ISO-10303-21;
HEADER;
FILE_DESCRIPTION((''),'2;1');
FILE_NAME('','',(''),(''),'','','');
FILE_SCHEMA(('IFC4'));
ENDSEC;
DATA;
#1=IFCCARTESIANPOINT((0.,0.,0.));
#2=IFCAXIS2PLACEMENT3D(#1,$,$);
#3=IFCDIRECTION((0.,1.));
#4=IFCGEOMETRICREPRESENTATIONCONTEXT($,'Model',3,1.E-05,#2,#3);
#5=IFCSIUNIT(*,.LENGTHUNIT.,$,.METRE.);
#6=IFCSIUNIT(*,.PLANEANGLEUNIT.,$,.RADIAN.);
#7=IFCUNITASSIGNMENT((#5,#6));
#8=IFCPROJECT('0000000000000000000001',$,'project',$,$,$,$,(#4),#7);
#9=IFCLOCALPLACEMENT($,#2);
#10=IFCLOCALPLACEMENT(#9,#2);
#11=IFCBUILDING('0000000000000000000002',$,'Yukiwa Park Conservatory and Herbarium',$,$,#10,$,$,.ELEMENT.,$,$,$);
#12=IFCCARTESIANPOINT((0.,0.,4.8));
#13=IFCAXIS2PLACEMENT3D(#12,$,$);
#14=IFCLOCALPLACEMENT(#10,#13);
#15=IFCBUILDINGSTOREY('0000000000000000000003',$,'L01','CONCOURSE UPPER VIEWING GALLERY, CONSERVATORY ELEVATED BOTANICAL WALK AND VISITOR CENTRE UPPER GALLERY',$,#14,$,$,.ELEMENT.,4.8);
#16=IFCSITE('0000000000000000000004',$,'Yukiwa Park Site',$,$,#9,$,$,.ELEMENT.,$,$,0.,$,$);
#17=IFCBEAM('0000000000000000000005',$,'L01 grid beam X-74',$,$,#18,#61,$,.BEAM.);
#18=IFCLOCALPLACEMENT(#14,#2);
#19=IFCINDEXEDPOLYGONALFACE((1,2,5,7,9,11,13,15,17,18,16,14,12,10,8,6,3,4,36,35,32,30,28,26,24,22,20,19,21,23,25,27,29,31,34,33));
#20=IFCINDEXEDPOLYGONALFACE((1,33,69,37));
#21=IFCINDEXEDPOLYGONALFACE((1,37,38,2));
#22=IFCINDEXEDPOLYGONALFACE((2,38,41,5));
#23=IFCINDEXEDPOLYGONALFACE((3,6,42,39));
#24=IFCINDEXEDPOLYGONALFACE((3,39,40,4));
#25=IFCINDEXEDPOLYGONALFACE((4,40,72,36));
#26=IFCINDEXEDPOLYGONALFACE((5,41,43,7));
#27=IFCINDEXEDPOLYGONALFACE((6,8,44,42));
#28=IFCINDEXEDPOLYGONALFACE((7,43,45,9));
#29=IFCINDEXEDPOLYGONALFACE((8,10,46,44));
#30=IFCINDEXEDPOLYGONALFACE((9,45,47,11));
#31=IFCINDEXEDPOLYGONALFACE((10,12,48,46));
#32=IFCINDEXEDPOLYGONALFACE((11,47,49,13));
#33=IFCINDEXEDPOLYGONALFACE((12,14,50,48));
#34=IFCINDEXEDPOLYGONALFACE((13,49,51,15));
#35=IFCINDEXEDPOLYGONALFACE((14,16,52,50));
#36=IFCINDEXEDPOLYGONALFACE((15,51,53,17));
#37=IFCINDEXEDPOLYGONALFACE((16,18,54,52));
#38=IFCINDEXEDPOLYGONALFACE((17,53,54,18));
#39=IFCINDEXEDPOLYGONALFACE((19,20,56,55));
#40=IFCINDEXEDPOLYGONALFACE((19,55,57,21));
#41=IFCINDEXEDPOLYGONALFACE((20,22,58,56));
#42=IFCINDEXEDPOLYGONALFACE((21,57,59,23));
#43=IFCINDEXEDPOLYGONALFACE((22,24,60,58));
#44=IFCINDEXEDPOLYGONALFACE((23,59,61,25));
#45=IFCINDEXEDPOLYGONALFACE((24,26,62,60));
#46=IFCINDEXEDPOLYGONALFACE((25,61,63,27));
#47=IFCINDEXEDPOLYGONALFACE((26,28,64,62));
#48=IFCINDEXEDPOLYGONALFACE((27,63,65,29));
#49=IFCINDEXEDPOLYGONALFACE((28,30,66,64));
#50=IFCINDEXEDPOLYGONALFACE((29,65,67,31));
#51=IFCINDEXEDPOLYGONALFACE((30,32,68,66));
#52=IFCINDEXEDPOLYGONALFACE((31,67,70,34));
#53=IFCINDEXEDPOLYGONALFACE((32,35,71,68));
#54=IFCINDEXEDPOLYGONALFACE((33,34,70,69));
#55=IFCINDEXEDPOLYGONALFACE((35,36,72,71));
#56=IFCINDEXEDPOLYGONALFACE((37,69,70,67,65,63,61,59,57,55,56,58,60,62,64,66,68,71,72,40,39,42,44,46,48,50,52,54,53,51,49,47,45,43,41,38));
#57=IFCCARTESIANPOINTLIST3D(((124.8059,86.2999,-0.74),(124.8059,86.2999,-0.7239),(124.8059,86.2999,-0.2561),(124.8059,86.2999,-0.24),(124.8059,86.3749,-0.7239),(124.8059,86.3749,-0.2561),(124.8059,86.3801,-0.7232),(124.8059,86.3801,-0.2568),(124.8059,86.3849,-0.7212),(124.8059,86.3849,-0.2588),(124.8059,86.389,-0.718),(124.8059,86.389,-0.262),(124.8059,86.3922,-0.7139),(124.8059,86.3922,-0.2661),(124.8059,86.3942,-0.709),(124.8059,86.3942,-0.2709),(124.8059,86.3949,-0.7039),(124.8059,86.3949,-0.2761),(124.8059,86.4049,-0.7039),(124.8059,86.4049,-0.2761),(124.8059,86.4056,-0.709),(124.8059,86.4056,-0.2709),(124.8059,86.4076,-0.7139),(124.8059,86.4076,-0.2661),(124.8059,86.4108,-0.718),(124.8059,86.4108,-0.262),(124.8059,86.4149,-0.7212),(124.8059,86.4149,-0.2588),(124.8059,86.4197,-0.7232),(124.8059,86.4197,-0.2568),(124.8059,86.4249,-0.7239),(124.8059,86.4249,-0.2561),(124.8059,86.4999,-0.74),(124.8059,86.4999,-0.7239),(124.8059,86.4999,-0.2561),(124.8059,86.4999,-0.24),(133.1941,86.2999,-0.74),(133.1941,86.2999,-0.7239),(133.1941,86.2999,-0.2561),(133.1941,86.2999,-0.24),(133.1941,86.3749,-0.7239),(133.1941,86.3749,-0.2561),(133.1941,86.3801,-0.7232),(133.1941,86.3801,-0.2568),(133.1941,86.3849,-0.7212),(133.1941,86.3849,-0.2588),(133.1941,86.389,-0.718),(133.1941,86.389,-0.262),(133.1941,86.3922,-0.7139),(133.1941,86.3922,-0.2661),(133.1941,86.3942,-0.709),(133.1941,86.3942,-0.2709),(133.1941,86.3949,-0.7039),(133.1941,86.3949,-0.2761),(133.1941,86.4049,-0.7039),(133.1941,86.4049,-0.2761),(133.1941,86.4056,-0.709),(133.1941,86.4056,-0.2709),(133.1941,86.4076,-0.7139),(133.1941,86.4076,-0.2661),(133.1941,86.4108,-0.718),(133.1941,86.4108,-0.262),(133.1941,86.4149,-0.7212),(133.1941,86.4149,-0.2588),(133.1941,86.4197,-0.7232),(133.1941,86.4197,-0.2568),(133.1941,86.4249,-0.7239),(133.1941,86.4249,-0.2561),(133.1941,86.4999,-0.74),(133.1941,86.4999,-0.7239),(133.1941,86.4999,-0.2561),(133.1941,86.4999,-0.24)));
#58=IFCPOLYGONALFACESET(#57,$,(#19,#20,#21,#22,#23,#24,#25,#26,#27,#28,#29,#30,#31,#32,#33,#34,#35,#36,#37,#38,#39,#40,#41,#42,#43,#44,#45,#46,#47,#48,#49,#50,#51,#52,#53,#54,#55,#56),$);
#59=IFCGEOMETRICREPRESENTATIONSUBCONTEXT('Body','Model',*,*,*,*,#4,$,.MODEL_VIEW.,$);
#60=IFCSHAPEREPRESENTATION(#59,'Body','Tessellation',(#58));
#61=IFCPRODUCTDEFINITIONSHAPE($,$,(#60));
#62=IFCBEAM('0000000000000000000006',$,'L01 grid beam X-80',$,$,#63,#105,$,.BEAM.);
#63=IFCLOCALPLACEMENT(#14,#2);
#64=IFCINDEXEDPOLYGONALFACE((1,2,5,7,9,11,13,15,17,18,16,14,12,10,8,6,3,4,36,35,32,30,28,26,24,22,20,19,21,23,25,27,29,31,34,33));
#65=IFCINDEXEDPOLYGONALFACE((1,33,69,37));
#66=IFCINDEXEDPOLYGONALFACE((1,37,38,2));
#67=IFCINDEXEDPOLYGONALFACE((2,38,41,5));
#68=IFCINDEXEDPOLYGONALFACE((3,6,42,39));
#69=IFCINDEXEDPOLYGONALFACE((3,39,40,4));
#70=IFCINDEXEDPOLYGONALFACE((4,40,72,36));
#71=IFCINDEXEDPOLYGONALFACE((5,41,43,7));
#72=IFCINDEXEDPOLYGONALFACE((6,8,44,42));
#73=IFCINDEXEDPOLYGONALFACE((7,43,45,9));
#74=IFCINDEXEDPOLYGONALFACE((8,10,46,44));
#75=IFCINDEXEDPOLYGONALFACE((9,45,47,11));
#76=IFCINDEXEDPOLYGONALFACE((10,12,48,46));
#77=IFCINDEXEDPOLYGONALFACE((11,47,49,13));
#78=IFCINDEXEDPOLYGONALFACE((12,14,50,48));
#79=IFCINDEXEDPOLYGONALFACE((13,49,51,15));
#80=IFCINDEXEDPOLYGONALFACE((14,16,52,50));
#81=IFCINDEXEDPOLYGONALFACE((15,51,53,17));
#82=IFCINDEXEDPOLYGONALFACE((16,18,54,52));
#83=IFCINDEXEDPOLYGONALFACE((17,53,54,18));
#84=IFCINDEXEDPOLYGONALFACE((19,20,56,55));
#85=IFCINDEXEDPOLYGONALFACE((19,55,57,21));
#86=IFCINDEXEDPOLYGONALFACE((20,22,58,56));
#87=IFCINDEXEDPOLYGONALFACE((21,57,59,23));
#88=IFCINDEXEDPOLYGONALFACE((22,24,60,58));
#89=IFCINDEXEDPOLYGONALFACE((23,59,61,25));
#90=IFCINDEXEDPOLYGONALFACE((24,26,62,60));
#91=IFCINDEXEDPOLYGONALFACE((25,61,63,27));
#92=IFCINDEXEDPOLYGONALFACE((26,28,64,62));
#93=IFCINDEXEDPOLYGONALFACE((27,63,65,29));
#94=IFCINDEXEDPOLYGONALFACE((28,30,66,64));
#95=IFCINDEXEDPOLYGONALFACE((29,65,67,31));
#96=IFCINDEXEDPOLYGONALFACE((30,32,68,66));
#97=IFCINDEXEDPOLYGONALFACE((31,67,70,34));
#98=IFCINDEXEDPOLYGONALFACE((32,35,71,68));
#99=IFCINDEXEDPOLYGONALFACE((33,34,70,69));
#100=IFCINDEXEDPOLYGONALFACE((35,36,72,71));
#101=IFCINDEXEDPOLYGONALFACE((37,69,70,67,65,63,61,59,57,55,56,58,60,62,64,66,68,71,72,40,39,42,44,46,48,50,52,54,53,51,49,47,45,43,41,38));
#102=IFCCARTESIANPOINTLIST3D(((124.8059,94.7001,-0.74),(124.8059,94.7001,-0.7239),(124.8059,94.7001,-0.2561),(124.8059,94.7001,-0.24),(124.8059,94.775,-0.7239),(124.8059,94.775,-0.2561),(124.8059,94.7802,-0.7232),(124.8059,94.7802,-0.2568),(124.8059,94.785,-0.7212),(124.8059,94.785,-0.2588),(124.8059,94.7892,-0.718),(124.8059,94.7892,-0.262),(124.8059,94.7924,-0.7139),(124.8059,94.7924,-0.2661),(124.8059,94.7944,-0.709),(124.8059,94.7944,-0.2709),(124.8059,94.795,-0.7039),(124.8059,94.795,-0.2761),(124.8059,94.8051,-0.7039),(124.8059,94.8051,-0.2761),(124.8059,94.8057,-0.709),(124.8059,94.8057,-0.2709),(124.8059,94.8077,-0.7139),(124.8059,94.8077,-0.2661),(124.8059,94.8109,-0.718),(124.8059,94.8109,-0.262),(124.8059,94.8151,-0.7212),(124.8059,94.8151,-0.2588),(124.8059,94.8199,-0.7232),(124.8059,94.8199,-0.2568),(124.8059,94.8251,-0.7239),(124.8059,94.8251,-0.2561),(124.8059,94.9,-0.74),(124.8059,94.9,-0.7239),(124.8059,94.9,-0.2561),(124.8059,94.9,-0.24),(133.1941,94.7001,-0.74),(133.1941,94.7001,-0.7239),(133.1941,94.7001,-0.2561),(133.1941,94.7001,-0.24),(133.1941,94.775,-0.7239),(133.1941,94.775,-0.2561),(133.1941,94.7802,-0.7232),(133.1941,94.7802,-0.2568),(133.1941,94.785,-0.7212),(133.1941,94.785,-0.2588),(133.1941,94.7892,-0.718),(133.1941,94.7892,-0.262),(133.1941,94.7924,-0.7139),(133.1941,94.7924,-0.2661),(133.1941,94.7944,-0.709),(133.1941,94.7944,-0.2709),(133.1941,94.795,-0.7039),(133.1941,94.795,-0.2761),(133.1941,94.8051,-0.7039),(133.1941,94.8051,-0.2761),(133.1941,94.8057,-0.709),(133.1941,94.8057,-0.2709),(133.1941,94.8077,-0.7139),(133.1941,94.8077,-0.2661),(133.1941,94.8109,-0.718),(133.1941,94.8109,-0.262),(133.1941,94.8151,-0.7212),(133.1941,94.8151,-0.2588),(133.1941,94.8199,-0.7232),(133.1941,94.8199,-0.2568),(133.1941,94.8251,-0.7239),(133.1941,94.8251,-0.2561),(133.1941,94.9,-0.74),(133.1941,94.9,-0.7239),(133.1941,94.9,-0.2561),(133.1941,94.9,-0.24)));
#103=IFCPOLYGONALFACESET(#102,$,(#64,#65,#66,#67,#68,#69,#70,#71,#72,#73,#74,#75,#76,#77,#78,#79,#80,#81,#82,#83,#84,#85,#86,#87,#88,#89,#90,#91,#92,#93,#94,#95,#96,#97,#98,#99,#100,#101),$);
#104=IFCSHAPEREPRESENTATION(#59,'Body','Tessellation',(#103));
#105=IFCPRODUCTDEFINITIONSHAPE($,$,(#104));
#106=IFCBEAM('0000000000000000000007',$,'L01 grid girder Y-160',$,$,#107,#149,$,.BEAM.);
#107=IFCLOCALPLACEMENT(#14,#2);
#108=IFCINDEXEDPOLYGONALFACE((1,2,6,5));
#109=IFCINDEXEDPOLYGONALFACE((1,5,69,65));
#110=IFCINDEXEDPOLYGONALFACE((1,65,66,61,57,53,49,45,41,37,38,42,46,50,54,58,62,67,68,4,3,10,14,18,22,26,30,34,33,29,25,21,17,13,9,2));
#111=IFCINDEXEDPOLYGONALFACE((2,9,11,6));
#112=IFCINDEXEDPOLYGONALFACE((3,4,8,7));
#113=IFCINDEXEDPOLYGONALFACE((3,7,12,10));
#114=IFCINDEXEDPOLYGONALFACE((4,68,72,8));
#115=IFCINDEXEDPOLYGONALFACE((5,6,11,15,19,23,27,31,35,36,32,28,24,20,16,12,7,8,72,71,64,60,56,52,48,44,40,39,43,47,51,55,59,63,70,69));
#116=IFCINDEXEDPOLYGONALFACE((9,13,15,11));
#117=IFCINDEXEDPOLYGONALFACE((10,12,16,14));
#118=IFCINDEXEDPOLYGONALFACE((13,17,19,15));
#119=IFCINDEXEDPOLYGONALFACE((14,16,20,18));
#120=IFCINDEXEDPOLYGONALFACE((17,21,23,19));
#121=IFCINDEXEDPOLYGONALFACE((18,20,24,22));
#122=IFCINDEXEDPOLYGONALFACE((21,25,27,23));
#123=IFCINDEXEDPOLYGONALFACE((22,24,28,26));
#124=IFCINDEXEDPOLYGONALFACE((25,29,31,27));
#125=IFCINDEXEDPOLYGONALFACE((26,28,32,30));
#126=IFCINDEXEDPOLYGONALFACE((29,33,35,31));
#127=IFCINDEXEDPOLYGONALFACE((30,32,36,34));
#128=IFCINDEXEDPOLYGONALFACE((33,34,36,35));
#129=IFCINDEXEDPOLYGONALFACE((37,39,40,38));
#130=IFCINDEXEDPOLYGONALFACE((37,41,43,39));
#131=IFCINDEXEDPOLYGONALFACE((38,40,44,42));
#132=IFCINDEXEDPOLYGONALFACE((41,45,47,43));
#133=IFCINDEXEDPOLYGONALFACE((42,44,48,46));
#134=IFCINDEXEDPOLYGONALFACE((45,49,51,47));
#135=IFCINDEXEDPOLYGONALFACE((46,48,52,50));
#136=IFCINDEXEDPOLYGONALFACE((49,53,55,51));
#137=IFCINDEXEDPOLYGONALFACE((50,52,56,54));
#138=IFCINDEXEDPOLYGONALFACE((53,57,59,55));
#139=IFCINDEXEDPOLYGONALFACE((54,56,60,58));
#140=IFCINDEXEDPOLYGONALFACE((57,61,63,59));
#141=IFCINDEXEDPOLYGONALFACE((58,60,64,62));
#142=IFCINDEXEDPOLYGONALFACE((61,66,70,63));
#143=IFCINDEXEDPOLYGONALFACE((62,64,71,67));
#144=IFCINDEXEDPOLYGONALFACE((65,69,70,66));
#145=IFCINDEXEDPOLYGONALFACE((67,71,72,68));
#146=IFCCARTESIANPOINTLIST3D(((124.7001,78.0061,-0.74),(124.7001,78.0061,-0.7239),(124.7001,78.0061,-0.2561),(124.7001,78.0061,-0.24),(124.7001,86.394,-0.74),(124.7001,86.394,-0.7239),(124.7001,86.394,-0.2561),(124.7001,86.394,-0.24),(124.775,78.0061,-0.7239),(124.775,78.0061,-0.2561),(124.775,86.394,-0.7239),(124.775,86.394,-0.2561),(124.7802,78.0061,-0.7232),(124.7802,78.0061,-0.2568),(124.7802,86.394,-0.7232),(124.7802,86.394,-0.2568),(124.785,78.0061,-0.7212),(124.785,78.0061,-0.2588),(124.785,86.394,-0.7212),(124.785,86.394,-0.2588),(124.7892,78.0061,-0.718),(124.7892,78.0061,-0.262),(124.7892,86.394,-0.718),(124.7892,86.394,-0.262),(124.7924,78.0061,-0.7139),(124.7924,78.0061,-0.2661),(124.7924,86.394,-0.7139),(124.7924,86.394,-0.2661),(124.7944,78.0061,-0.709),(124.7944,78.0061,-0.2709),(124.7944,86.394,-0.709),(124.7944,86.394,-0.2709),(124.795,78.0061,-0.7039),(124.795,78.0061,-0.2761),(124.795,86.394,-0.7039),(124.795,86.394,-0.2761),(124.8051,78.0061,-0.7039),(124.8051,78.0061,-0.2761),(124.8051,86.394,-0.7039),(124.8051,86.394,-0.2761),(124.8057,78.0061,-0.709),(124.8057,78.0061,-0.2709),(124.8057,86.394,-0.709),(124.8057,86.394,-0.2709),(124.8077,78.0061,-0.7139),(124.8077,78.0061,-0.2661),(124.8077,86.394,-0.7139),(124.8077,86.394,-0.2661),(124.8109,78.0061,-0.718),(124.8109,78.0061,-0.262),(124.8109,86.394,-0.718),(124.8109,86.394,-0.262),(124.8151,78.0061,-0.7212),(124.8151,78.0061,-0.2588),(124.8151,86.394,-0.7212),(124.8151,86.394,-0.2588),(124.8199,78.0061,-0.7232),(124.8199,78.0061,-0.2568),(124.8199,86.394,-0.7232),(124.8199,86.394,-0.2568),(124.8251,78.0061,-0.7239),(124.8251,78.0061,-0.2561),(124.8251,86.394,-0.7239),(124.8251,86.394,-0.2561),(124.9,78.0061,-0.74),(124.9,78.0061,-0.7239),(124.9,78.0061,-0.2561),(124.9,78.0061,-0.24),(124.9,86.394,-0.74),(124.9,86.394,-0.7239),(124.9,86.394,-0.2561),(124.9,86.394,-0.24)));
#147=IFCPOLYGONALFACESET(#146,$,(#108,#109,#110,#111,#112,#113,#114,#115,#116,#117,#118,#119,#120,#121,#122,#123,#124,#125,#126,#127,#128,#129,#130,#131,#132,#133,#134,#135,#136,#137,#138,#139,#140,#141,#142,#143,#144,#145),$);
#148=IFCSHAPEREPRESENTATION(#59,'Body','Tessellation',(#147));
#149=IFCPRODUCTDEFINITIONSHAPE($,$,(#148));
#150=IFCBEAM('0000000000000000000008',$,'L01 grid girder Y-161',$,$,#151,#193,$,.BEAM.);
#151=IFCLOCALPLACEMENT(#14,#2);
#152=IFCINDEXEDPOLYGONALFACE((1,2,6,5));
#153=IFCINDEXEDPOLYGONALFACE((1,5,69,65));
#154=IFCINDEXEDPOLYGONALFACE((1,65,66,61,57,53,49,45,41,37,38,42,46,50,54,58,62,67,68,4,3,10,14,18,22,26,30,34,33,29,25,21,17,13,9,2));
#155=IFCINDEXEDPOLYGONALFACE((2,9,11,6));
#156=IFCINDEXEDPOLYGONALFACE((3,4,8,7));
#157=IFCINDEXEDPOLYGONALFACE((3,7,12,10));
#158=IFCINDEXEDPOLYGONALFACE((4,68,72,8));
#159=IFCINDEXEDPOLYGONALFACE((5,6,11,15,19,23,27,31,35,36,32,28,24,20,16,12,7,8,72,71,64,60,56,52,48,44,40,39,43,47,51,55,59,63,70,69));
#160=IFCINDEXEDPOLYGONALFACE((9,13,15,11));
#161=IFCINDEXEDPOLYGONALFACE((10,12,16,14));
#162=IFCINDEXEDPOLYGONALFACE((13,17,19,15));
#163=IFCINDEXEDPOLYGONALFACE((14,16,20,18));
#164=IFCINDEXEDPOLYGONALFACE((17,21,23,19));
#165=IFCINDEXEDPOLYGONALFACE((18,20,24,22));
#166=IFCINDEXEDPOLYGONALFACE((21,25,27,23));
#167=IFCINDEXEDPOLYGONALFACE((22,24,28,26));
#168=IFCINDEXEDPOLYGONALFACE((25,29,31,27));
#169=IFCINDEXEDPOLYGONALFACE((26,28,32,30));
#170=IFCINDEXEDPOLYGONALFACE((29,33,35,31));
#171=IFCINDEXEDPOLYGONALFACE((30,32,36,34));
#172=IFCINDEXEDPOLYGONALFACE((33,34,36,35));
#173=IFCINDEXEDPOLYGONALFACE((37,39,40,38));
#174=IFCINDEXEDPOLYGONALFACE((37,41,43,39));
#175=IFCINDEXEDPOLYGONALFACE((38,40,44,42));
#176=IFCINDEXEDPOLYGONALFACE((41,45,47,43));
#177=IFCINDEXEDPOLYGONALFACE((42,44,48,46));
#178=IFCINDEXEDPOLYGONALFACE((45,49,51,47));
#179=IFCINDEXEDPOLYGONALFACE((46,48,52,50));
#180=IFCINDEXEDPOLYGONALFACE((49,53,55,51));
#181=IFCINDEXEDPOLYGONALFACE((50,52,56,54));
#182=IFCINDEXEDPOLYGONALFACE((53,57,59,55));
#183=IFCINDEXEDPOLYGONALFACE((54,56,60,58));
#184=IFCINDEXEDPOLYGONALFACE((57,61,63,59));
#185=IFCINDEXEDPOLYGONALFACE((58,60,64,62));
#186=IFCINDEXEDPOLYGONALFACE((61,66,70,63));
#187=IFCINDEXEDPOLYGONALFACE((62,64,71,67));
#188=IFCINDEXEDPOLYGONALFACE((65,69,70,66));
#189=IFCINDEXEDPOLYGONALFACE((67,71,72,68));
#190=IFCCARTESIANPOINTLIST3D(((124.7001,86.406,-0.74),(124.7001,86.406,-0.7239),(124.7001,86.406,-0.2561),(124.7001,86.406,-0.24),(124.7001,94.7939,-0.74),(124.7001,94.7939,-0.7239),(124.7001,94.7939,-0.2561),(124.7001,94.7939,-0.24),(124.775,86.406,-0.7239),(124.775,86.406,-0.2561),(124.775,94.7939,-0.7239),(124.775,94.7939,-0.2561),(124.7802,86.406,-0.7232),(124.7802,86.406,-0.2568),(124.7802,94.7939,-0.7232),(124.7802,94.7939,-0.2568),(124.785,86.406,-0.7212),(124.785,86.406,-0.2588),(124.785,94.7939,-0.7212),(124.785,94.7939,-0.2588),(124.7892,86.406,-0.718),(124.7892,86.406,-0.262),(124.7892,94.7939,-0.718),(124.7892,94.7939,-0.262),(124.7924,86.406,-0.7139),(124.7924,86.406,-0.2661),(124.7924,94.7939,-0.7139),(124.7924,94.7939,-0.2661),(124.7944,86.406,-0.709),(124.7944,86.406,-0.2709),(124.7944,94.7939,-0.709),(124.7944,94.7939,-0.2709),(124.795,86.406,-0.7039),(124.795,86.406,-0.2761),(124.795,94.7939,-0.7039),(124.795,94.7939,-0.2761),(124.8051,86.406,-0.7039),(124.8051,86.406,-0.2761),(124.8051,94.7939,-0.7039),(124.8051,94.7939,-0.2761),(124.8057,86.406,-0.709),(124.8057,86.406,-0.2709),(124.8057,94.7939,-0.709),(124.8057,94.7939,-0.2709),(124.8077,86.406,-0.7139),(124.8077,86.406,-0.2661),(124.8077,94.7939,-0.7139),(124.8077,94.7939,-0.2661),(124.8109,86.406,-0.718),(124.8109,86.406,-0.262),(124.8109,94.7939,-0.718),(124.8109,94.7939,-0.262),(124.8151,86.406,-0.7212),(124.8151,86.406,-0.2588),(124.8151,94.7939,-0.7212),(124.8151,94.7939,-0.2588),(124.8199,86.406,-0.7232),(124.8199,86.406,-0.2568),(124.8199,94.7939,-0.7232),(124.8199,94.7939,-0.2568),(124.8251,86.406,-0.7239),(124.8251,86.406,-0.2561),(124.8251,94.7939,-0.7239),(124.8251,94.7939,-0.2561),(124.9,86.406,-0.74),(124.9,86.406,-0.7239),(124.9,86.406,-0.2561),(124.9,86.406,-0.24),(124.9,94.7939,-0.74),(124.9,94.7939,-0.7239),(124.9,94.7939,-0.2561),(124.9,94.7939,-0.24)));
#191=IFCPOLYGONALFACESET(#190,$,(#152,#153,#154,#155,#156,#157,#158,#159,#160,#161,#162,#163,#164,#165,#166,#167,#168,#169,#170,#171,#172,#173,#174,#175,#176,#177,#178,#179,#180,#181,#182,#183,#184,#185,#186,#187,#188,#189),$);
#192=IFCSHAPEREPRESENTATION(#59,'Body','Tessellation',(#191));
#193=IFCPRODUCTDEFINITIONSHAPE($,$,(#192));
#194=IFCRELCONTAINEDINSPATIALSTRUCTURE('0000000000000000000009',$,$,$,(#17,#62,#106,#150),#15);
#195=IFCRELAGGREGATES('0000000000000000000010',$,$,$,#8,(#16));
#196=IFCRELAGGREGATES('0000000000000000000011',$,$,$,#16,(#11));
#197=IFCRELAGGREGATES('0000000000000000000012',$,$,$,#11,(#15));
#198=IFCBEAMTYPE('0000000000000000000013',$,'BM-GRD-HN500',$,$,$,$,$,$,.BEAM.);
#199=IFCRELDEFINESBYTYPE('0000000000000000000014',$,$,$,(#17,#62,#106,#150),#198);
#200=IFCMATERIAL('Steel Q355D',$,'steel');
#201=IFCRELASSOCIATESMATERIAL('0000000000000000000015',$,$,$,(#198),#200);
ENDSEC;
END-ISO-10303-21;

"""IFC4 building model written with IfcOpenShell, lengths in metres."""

from ifc_helpers import new_model, si_unit, direction, frame, origin, origin_2d, place, context, subcontext, project, spatial, i_section, extrude, material, material_profile, profile_set, type_object, element, save


model = new_model("IFC4")

# Units and contexts
model_context = context("Model", 3, precision=1e-05, world=origin(), true_north=direction((0.0, 1.0)))
body_context = subcontext(model_context, "Body", "Model", "MODEL_VIEW")
ifc_project = project(units=[si_unit("LENGTHUNIT", "METRE"), si_unit("PLANEANGLEUNIT", "RADIAN")], contexts=[model_context])

# Site, building, storey
site_placement = place(None, origin())
site = spatial("IfcSite", under=ifc_project, at=site_placement, Name="Yukiwa Park Site", CompositionType="ELEMENT", RefElevation=0.0)
building_placement = place(site_placement, origin())
building = spatial("IfcBuilding", under=site, at=building_placement, Name="Yukiwa Park Conservatory and Herbarium", CompositionType="ELEMENT")
storey_placement = place(building_placement, frame((0.0, 0.0, 4.8)))
storey = spatial("IfcBuildingStorey", under=building, at=storey_placement, Name="L01", Description="CONCOURSE UPPER VIEWING GALLERY, CONSERVATORY ELEVATED BOTANICAL WALK AND VISITOR CENTRE UPPER GALLERY", CompositionType="ELEMENT", Elevation=4.8)

# Beams
ifc_material_1 = material(Name="Steel Q355D", Category="steel")
ifc_material_profile_1 = material_profile(ifc_material_1, i_section(OverallWidth=0.2, OverallDepth=0.5, WebThickness=0.01, FlangeThickness=0.0161, FilletRadius=0.02, at=origin_2d()), Name="HN 500x200x10x16")
ifc_profile_set_1 = profile_set([ifc_material_profile_1], Name="Steel Q355D")
beam_type_1 = type_object("IfcBeamType", Name="BM-GRD-HN500", PredefinedType="BEAM", material=ifc_profile_set_1)
for number, where, z_axis, x_axis, name in (
    (1, (124.8059, 86.3999, -0.49), (1.0, 0.0, 0.0), (0.0, 1.0, 0.0), "L01 grid beam X-74"),
    (2, (124.8059, 94.8, -0.49), (1.0, 0.0, 0.0), (0.0, 1.0, 0.0), "L01 grid beam X-80"),
):
    element("IfcBeam", number, at=place(storey_placement, frame(where, z_axis=z_axis, x_axis=x_axis)), inside=storey, type_object=beam_type_1, Name=name, PredefinedType="BEAM", context=body_context, shape_type="SweptSolid", body=[
        extrude(i_section(OverallWidth=0.2, OverallDepth=0.5, WebThickness=0.01, FlangeThickness=0.0161, FilletRadius=0.02, at=origin_2d()), origin(), (0.0, 0.0, 1.0), 8.3882),
    ])
for number, where, z_axis, x_axis, name in (
    (3, (124.8, 78.0061, -0.49), (0.0, 1.0, 0.0), (-1.0, 0.0, 0.0), "L01 grid girder Y-160"),
    (4, (124.8, 86.406, -0.49), (0.0, 1.0, 0.0), (-1.0, 0.0, 0.0), "L01 grid girder Y-161"),
):
    element("IfcBeam", number, at=place(storey_placement, frame(where, z_axis=z_axis, x_axis=x_axis)), inside=storey, type_object=beam_type_1, Name=name, PredefinedType="BEAM", context=body_context, shape_type="SweptSolid", body=[
        extrude(i_section(OverallWidth=0.2, OverallDepth=0.5, WebThickness=0.01, FlangeThickness=0.0161, FilletRadius=0.02, at=origin_2d()), origin(), (0.0, 0.0, 1.0), 8.3879),
    ])

save(model, "model.ifc")
